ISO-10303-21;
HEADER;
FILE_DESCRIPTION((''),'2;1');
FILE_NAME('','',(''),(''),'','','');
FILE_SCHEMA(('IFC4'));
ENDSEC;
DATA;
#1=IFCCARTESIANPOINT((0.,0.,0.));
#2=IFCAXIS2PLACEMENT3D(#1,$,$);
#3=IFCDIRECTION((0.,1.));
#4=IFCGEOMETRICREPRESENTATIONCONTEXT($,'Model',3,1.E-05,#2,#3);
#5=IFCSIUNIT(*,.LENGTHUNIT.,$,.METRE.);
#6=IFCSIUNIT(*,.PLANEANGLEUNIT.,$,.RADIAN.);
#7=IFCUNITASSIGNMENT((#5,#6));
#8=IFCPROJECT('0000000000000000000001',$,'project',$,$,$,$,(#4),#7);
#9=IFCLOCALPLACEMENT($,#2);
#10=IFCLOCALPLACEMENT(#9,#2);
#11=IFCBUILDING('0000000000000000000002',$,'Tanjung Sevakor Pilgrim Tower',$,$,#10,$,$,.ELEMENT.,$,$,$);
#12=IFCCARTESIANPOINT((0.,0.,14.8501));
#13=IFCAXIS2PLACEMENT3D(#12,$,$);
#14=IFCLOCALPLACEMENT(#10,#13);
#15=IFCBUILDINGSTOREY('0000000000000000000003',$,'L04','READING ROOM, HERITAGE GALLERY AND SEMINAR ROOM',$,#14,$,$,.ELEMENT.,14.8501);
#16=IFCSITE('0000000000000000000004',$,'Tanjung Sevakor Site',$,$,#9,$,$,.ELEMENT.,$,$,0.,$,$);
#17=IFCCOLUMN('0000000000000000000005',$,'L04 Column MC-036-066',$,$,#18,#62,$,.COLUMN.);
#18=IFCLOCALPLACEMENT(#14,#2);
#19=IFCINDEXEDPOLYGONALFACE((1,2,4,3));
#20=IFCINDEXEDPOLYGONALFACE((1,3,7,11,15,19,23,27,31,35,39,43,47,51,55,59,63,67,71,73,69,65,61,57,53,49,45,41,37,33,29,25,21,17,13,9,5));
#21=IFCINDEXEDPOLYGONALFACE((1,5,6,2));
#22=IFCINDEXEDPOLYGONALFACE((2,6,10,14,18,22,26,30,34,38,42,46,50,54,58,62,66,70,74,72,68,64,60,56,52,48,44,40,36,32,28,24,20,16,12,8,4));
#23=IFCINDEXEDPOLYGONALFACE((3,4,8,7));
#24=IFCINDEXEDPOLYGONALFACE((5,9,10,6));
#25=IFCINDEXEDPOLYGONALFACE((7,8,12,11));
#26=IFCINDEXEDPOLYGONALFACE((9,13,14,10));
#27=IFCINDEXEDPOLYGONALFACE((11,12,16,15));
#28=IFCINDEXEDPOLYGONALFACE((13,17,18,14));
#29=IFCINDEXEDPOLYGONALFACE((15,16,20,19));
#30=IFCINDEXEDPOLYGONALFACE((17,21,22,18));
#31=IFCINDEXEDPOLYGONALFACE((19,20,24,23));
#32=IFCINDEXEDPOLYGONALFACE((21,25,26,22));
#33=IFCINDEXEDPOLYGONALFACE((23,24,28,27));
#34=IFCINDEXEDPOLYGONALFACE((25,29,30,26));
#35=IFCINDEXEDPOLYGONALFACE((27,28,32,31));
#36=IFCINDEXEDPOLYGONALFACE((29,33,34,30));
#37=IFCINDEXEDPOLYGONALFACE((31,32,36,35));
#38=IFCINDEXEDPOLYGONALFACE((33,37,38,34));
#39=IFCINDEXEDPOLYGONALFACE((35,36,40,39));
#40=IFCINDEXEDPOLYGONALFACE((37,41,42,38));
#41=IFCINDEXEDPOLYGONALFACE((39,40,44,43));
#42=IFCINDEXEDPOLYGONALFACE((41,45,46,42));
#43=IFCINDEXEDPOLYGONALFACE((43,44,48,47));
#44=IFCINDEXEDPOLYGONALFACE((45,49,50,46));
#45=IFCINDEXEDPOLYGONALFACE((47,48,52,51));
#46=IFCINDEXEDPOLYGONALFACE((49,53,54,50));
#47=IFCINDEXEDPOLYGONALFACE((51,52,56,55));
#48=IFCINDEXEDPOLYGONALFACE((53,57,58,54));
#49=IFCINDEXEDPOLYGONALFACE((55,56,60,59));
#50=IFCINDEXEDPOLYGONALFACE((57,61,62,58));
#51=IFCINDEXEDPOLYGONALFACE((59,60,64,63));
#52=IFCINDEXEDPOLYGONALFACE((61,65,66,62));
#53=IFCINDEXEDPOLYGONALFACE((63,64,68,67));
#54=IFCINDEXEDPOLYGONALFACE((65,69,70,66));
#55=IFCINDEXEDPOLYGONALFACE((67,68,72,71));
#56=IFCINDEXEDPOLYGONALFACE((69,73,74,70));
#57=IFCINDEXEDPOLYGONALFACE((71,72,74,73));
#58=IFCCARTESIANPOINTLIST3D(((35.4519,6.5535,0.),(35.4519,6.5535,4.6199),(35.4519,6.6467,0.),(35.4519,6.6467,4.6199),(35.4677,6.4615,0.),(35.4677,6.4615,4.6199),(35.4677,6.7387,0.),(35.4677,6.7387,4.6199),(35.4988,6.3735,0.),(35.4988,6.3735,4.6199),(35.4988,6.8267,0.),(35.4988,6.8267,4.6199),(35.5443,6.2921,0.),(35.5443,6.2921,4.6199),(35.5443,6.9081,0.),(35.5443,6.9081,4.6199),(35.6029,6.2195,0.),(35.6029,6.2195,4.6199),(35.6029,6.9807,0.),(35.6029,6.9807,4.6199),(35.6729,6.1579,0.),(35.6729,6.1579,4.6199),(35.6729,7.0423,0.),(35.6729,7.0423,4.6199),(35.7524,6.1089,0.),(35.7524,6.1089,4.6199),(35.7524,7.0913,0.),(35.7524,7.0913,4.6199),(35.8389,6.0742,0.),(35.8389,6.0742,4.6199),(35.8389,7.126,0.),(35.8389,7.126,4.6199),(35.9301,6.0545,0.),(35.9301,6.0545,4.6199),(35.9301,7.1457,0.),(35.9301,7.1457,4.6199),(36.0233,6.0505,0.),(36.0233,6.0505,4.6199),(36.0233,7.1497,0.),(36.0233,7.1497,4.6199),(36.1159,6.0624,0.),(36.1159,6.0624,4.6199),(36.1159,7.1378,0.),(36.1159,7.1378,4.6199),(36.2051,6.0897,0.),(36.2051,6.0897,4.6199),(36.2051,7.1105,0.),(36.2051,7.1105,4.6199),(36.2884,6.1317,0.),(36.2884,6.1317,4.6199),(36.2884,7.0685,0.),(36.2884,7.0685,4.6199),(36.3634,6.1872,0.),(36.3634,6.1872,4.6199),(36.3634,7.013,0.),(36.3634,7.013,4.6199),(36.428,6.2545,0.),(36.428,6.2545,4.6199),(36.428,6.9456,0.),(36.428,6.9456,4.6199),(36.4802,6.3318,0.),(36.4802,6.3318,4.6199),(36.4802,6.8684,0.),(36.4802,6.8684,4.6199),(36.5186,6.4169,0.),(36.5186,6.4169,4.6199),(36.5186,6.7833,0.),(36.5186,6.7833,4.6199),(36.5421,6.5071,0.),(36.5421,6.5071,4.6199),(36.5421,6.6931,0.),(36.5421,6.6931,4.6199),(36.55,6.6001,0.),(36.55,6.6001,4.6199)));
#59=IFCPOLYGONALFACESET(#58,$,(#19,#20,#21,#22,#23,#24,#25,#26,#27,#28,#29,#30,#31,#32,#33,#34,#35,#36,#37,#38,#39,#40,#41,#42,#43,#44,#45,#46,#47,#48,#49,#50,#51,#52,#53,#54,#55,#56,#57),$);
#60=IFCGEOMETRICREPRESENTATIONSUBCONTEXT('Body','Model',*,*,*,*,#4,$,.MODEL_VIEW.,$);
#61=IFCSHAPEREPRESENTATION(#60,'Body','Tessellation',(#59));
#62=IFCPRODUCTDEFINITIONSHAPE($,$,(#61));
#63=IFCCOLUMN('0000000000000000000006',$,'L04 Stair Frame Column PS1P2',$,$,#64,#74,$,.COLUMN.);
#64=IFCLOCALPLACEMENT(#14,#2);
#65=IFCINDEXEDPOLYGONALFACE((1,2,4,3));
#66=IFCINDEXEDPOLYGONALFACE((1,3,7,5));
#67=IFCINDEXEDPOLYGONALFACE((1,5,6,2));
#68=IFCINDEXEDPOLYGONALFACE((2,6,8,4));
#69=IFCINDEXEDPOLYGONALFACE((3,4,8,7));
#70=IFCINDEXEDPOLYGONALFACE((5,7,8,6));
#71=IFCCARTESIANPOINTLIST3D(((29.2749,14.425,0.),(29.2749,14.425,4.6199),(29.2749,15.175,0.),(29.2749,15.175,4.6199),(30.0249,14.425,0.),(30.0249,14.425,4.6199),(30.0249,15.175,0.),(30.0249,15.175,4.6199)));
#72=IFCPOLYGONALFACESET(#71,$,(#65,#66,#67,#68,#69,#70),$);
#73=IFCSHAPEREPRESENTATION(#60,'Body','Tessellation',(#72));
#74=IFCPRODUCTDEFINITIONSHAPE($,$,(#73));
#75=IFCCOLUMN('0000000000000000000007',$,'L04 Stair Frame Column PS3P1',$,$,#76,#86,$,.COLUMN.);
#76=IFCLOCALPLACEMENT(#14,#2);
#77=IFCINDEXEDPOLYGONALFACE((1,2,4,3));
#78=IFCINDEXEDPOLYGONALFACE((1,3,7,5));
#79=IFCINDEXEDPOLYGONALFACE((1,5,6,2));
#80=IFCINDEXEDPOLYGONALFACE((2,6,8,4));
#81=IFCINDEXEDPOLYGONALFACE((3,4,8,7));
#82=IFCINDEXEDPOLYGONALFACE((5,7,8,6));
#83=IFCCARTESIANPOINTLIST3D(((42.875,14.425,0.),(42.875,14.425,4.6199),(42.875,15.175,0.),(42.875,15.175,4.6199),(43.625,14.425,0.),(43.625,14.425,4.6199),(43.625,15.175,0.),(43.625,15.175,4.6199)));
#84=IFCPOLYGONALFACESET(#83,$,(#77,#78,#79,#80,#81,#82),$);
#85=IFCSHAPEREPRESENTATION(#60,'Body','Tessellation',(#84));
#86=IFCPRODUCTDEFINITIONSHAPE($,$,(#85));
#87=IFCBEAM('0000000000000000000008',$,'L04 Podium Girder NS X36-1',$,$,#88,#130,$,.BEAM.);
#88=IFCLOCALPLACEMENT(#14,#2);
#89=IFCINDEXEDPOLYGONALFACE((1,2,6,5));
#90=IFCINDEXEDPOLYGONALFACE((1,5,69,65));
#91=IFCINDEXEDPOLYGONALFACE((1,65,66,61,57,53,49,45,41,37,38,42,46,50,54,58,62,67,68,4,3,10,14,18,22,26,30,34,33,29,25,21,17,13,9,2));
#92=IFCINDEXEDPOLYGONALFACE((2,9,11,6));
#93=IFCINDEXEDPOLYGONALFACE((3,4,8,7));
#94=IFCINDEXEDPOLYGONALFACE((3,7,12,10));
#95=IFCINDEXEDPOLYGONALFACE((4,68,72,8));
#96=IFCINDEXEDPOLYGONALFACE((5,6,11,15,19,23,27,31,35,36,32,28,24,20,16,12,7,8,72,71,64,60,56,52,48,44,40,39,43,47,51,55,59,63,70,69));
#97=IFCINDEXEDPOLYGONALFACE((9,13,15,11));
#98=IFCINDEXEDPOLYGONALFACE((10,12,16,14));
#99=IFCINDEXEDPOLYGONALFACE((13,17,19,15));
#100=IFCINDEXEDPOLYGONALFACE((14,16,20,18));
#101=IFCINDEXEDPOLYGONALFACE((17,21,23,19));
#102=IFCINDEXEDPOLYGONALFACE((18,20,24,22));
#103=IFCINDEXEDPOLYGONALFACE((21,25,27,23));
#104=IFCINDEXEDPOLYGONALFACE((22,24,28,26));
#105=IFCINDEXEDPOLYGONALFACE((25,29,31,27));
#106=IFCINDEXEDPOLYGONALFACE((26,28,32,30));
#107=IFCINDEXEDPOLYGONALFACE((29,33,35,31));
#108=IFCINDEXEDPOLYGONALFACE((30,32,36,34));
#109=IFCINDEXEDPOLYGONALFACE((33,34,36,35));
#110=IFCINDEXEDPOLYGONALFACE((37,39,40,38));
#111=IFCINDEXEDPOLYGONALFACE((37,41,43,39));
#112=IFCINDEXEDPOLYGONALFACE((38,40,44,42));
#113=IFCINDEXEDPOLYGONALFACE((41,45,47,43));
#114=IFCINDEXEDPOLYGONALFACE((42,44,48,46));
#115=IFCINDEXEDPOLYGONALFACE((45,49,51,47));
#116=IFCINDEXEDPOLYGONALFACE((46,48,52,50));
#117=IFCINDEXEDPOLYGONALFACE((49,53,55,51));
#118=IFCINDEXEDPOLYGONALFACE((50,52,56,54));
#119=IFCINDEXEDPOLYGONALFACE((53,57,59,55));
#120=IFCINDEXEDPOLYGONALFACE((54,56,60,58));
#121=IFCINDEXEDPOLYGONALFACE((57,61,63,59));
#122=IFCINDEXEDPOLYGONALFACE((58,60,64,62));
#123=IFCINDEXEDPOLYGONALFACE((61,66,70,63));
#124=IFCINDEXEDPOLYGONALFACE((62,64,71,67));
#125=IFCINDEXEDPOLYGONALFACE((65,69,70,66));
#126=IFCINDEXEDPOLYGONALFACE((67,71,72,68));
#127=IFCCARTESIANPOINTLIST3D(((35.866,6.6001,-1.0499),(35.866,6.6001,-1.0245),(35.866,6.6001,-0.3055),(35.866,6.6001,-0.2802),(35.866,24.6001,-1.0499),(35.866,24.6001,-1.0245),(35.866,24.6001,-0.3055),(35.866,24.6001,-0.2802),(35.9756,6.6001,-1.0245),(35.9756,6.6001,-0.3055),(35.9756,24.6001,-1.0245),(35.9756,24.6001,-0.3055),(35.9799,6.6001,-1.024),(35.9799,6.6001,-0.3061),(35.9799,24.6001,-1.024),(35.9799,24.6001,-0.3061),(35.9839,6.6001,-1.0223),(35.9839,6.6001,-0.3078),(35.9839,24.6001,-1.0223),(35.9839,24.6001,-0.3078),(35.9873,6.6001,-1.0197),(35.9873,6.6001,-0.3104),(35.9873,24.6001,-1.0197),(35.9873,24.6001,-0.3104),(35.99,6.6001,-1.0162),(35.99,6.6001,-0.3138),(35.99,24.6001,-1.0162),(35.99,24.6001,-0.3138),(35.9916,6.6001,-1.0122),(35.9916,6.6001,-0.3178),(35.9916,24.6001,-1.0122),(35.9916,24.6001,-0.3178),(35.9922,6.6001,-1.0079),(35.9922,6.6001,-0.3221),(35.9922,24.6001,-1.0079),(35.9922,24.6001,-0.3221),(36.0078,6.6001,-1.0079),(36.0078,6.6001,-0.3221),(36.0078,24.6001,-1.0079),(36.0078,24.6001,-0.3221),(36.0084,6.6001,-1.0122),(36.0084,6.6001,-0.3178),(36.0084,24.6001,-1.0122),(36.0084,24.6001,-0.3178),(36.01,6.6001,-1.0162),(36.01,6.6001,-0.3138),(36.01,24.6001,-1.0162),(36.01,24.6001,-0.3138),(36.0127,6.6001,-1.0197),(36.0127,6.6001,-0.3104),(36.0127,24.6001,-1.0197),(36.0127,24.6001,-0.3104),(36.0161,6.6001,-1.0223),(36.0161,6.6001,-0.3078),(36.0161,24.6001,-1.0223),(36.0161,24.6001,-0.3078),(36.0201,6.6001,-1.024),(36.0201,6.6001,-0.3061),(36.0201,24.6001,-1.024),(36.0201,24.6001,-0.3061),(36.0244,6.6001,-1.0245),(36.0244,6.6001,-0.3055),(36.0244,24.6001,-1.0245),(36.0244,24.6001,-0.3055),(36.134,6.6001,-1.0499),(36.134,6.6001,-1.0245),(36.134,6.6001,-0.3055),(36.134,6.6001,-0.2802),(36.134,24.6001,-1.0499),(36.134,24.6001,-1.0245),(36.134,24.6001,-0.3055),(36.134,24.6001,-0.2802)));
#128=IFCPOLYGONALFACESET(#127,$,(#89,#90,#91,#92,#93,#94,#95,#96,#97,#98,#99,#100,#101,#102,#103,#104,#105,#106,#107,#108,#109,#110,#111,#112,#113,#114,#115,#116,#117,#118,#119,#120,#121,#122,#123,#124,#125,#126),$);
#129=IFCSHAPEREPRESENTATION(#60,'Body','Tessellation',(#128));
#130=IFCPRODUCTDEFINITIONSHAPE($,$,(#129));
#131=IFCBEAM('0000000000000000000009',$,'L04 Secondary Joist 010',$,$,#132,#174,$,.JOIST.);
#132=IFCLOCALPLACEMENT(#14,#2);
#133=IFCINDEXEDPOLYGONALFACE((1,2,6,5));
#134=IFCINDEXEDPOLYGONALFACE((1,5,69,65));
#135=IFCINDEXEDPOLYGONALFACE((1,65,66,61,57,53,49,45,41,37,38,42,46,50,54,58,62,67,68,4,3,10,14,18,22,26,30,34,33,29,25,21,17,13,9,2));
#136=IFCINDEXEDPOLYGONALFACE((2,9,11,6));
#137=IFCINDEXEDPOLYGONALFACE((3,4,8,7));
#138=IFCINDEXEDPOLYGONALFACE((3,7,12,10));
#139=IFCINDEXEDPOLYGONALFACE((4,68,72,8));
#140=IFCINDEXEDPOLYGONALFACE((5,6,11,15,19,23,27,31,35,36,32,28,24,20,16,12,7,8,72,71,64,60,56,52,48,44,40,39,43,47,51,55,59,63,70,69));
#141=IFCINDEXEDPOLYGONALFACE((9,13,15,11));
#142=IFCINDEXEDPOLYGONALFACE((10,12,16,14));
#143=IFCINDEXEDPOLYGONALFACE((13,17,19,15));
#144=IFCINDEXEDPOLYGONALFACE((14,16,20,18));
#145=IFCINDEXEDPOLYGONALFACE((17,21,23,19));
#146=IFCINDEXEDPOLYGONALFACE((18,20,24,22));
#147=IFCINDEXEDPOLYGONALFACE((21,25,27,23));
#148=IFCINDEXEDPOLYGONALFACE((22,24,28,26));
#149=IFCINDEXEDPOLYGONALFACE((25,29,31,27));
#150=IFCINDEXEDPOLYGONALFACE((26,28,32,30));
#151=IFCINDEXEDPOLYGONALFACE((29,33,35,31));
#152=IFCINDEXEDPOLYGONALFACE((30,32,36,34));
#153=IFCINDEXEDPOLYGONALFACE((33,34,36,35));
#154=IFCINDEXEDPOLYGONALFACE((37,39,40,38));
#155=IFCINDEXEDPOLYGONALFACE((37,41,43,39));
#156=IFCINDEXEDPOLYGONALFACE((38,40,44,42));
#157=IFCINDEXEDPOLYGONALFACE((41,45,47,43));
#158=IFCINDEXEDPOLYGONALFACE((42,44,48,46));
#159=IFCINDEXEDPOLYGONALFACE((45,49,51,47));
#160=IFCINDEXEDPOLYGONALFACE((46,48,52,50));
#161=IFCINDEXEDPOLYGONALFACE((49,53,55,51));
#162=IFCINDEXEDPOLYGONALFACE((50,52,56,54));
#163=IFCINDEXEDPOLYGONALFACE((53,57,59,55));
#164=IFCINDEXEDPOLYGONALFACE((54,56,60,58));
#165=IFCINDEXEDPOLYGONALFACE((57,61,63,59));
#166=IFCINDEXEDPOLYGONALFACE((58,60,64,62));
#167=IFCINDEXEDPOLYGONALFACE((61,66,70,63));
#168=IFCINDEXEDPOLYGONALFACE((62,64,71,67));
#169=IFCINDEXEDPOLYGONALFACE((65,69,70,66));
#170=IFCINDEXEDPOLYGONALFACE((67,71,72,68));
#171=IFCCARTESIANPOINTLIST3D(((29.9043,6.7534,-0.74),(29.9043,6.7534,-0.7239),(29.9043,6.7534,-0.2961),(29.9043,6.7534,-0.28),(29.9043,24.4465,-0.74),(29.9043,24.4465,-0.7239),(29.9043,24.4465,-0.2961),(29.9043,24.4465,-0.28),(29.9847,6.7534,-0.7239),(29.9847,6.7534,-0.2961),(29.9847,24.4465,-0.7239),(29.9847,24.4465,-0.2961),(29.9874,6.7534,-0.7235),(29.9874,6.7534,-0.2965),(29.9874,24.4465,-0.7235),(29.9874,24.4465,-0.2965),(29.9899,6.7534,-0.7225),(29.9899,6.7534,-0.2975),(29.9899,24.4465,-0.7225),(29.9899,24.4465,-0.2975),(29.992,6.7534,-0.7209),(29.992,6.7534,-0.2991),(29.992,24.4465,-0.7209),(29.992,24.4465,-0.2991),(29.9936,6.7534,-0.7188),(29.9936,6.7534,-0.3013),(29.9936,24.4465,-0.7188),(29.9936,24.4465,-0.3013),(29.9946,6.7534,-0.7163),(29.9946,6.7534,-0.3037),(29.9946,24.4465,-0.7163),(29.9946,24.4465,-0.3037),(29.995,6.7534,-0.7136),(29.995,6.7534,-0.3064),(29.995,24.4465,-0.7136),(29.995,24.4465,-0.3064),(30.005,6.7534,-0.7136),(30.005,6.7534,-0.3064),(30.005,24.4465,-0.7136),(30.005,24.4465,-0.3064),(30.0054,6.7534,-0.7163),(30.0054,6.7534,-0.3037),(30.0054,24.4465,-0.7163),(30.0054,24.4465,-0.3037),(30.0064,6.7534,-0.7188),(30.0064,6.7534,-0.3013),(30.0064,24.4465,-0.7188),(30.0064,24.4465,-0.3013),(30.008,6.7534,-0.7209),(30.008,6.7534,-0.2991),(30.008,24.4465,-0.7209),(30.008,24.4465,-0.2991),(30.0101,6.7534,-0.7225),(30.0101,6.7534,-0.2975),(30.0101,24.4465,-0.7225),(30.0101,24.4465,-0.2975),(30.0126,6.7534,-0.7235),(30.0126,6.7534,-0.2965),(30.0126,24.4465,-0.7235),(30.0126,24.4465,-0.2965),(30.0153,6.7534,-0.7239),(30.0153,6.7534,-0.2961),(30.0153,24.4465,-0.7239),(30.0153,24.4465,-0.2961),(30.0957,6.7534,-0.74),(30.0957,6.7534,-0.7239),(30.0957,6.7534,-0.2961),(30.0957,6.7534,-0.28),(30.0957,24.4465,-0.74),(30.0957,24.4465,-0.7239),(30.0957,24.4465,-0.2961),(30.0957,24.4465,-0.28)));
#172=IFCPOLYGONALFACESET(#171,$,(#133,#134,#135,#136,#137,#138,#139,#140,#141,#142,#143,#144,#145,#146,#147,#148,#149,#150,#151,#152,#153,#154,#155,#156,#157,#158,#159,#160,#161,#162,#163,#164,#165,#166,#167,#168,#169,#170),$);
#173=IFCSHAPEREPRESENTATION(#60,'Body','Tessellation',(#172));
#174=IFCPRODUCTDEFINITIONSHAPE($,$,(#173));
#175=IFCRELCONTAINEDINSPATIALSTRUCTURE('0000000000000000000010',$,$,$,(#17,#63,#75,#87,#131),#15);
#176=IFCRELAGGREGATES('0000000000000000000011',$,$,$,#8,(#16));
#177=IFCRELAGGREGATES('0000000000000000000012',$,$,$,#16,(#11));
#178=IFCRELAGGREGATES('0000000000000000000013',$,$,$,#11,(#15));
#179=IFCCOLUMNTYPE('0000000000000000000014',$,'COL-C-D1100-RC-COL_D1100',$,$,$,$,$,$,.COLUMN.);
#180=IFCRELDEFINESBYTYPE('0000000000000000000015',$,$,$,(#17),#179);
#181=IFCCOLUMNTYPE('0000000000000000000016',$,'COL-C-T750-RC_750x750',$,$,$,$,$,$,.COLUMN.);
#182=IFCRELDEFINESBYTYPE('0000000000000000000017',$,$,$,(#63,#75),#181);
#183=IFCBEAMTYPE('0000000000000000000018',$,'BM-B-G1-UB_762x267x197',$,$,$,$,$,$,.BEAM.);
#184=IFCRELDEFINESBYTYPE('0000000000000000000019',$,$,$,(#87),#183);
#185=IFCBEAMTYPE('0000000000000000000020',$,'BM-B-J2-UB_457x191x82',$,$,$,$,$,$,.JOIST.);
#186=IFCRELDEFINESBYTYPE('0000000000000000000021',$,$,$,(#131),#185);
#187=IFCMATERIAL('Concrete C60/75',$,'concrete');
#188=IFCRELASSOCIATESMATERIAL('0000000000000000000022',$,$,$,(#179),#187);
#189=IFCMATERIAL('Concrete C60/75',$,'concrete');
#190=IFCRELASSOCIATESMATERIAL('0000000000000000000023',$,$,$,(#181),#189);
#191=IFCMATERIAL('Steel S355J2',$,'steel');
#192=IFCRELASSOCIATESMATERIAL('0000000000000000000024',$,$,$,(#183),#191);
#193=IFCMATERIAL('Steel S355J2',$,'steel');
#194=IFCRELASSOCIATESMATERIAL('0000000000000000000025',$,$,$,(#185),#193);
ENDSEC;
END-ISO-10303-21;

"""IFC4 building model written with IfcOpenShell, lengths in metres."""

from ifc_helpers import new_model, si_unit, direction, frame, origin, origin_2d, place, context, subcontext, project, spatial, rectangle, circle, i_section, extrude, material, material_profile, profile_set, type_object, element, save


model = new_model("IFC4")

# Units and contexts
model_context = context("Model", 3, precision=1e-05, world=origin(), true_north=direction((0.0, 1.0)))
body_context = subcontext(model_context, "Body", "Model", "MODEL_VIEW")
ifc_project = project(units=[si_unit("LENGTHUNIT", "METRE"), si_unit("PLANEANGLEUNIT", "RADIAN")], contexts=[model_context])

# Site, building, storey
site_placement = place(None, origin())
site = spatial("IfcSite", under=ifc_project, at=site_placement, Name="Tanjung Sevakor Site", CompositionType="ELEMENT", RefElevation=0.0)
building_placement = place(site_placement, origin())
building = spatial("IfcBuilding", under=site, at=building_placement, Name="Tanjung Sevakor Pilgrim Tower", CompositionType="ELEMENT")
storey_placement = place(building_placement, frame((0.0, 0.0, 14.8501)))
storey = spatial("IfcBuildingStorey", under=building, at=storey_placement, Name="L04", Description="READING ROOM, HERITAGE GALLERY AND SEMINAR ROOM", CompositionType="ELEMENT", Elevation=14.8501)

# Columns
ifc_material_1 = material(Name="Concrete C60/75", Category="concrete")
ifc_material_profile_1 = material_profile(ifc_material_1, circle(Radius=0.55, at=origin_2d()))
ifc_profile_set_1 = profile_set([ifc_material_profile_1], Name="Concrete C60/75")
column_type_1 = type_object("IfcColumnType", Name="COL-C-D1100-RC-COL_D1100", PredefinedType="COLUMN", material=ifc_profile_set_1)
column_placement = place(storey_placement, frame((36.0, 6.6001, 0.0), z_axis=(0.0, 0.0, 1.0), x_axis=(1.0, 0.0, 0.0)))
element("IfcColumn", 1, at=column_placement, inside=storey, type_object=column_type_1, Name="L04 Column MC-036-066", PredefinedType="COLUMN", context=body_context, shape_type="SweptSolid", body=[
    extrude(circle(Radius=0.55, at=origin_2d()), origin(), (0.0, 0.0, 1.0), 4.6199),
])
ifc_material_2 = material(Name="Concrete C60/75", Category="concrete")
ifc_material_profile_2 = material_profile(ifc_material_2, rectangle(XDim=0.75, YDim=0.75, at=origin_2d()))
ifc_profile_set_2 = profile_set([ifc_material_profile_2], Name="Concrete C60/75")
column_type_2 = type_object("IfcColumnType", Name="COL-C-T750-RC_750x750", PredefinedType="COLUMN", material=ifc_profile_set_2)
for number, where, z_axis, x_axis, name in (
    (2, (29.6499, 14.8, 0.0), (0.0, 0.0, 1.0), (1.0, 0.0, 0.0), "L04 Stair Frame Column PS1P2"),
    (3, (43.25, 14.8, 0.0), (0.0, 0.0, 1.0), (1.0, 0.0, 0.0), "L04 Stair Frame Column PS3P1"),
):
    element("IfcColumn", number, at=place(storey_placement, frame(where, z_axis=z_axis, x_axis=x_axis)), inside=storey, type_object=column_type_2, Name=name, PredefinedType="COLUMN", context=body_context, shape_type="SweptSolid", body=[
        extrude(rectangle(XDim=0.75, YDim=0.75, at=origin_2d()), origin(), (0.0, 0.0, 1.0), 4.6199),
    ])

# Beams
ifc_material_3 = material(Name="Steel S355J2", Category="steel")
ifc_material_profile_3 = material_profile(ifc_material_3, i_section(OverallWidth=0.2681, OverallDepth=0.7698, WebThickness=0.0156, FlangeThickness=0.0254, FilletRadius=0.0166, at=origin_2d()))
ifc_profile_set_3 = profile_set([ifc_material_profile_3], Name="Steel S355J2")
beam_type_1 = type_object("IfcBeamType", Name="BM-B-G1-UB_762x267x197", PredefinedType="BEAM", material=ifc_profile_set_3)
beam_1_placement = place(storey_placement, frame((36.0, 6.6001, -0.665), z_axis=(0.0, 1.0, 0.0), x_axis=(-1.0, 0.0, 0.0)))
element("IfcBeam", 4, at=beam_1_placement, inside=storey, type_object=beam_type_1, Name="L04 Podium Girder NS X36-1", PredefinedType="BEAM", context=body_context, shape_type="SweptSolid", body=[
    extrude(i_section(OverallWidth=0.2681, OverallDepth=0.7698, WebThickness=0.0156, FlangeThickness=0.0254, FilletRadius=0.0166, at=origin_2d()), origin(), (0.0, 0.0, 1.0), 18.0),
])
ifc_material_4 = material(Name="Steel S355J2", Category="steel")
ifc_material_profile_4 = material_profile(ifc_material_4, i_section(OverallWidth=0.1914, OverallDepth=0.46, WebThickness=0.01, FlangeThickness=0.0161, FilletRadius=0.0103, at=origin_2d()))
ifc_profile_set_4 = profile_set([ifc_material_profile_4], Name="Steel S355J2")
beam_type_2 = type_object("IfcBeamType", Name="BM-B-J2-UB_457x191x82", PredefinedType="JOIST", material=ifc_profile_set_4)
for number, where, z_axis, x_axis, name in (
    (5, (30.0, 6.7534, -0.51), (0.0, 1.0, 0.0), (-1.0, 0.0, 0.0), "L04 Secondary Joist 010"),
):
    element("IfcBeam", number, at=place(storey_placement, frame(where, z_axis=z_axis, x_axis=x_axis)), inside=storey, type_object=beam_type_2, Name=name, PredefinedType="JOIST", context=body_context, shape_type="SweptSolid", body=[
        extrude(i_section(OverallWidth=0.1914, OverallDepth=0.46, WebThickness=0.01, FlangeThickness=0.0161, FilletRadius=0.0103, at=origin_2d()), origin(), (0.0, 0.0, 1.0), 17.6931),
    ])

save(model, "model.ifc")
